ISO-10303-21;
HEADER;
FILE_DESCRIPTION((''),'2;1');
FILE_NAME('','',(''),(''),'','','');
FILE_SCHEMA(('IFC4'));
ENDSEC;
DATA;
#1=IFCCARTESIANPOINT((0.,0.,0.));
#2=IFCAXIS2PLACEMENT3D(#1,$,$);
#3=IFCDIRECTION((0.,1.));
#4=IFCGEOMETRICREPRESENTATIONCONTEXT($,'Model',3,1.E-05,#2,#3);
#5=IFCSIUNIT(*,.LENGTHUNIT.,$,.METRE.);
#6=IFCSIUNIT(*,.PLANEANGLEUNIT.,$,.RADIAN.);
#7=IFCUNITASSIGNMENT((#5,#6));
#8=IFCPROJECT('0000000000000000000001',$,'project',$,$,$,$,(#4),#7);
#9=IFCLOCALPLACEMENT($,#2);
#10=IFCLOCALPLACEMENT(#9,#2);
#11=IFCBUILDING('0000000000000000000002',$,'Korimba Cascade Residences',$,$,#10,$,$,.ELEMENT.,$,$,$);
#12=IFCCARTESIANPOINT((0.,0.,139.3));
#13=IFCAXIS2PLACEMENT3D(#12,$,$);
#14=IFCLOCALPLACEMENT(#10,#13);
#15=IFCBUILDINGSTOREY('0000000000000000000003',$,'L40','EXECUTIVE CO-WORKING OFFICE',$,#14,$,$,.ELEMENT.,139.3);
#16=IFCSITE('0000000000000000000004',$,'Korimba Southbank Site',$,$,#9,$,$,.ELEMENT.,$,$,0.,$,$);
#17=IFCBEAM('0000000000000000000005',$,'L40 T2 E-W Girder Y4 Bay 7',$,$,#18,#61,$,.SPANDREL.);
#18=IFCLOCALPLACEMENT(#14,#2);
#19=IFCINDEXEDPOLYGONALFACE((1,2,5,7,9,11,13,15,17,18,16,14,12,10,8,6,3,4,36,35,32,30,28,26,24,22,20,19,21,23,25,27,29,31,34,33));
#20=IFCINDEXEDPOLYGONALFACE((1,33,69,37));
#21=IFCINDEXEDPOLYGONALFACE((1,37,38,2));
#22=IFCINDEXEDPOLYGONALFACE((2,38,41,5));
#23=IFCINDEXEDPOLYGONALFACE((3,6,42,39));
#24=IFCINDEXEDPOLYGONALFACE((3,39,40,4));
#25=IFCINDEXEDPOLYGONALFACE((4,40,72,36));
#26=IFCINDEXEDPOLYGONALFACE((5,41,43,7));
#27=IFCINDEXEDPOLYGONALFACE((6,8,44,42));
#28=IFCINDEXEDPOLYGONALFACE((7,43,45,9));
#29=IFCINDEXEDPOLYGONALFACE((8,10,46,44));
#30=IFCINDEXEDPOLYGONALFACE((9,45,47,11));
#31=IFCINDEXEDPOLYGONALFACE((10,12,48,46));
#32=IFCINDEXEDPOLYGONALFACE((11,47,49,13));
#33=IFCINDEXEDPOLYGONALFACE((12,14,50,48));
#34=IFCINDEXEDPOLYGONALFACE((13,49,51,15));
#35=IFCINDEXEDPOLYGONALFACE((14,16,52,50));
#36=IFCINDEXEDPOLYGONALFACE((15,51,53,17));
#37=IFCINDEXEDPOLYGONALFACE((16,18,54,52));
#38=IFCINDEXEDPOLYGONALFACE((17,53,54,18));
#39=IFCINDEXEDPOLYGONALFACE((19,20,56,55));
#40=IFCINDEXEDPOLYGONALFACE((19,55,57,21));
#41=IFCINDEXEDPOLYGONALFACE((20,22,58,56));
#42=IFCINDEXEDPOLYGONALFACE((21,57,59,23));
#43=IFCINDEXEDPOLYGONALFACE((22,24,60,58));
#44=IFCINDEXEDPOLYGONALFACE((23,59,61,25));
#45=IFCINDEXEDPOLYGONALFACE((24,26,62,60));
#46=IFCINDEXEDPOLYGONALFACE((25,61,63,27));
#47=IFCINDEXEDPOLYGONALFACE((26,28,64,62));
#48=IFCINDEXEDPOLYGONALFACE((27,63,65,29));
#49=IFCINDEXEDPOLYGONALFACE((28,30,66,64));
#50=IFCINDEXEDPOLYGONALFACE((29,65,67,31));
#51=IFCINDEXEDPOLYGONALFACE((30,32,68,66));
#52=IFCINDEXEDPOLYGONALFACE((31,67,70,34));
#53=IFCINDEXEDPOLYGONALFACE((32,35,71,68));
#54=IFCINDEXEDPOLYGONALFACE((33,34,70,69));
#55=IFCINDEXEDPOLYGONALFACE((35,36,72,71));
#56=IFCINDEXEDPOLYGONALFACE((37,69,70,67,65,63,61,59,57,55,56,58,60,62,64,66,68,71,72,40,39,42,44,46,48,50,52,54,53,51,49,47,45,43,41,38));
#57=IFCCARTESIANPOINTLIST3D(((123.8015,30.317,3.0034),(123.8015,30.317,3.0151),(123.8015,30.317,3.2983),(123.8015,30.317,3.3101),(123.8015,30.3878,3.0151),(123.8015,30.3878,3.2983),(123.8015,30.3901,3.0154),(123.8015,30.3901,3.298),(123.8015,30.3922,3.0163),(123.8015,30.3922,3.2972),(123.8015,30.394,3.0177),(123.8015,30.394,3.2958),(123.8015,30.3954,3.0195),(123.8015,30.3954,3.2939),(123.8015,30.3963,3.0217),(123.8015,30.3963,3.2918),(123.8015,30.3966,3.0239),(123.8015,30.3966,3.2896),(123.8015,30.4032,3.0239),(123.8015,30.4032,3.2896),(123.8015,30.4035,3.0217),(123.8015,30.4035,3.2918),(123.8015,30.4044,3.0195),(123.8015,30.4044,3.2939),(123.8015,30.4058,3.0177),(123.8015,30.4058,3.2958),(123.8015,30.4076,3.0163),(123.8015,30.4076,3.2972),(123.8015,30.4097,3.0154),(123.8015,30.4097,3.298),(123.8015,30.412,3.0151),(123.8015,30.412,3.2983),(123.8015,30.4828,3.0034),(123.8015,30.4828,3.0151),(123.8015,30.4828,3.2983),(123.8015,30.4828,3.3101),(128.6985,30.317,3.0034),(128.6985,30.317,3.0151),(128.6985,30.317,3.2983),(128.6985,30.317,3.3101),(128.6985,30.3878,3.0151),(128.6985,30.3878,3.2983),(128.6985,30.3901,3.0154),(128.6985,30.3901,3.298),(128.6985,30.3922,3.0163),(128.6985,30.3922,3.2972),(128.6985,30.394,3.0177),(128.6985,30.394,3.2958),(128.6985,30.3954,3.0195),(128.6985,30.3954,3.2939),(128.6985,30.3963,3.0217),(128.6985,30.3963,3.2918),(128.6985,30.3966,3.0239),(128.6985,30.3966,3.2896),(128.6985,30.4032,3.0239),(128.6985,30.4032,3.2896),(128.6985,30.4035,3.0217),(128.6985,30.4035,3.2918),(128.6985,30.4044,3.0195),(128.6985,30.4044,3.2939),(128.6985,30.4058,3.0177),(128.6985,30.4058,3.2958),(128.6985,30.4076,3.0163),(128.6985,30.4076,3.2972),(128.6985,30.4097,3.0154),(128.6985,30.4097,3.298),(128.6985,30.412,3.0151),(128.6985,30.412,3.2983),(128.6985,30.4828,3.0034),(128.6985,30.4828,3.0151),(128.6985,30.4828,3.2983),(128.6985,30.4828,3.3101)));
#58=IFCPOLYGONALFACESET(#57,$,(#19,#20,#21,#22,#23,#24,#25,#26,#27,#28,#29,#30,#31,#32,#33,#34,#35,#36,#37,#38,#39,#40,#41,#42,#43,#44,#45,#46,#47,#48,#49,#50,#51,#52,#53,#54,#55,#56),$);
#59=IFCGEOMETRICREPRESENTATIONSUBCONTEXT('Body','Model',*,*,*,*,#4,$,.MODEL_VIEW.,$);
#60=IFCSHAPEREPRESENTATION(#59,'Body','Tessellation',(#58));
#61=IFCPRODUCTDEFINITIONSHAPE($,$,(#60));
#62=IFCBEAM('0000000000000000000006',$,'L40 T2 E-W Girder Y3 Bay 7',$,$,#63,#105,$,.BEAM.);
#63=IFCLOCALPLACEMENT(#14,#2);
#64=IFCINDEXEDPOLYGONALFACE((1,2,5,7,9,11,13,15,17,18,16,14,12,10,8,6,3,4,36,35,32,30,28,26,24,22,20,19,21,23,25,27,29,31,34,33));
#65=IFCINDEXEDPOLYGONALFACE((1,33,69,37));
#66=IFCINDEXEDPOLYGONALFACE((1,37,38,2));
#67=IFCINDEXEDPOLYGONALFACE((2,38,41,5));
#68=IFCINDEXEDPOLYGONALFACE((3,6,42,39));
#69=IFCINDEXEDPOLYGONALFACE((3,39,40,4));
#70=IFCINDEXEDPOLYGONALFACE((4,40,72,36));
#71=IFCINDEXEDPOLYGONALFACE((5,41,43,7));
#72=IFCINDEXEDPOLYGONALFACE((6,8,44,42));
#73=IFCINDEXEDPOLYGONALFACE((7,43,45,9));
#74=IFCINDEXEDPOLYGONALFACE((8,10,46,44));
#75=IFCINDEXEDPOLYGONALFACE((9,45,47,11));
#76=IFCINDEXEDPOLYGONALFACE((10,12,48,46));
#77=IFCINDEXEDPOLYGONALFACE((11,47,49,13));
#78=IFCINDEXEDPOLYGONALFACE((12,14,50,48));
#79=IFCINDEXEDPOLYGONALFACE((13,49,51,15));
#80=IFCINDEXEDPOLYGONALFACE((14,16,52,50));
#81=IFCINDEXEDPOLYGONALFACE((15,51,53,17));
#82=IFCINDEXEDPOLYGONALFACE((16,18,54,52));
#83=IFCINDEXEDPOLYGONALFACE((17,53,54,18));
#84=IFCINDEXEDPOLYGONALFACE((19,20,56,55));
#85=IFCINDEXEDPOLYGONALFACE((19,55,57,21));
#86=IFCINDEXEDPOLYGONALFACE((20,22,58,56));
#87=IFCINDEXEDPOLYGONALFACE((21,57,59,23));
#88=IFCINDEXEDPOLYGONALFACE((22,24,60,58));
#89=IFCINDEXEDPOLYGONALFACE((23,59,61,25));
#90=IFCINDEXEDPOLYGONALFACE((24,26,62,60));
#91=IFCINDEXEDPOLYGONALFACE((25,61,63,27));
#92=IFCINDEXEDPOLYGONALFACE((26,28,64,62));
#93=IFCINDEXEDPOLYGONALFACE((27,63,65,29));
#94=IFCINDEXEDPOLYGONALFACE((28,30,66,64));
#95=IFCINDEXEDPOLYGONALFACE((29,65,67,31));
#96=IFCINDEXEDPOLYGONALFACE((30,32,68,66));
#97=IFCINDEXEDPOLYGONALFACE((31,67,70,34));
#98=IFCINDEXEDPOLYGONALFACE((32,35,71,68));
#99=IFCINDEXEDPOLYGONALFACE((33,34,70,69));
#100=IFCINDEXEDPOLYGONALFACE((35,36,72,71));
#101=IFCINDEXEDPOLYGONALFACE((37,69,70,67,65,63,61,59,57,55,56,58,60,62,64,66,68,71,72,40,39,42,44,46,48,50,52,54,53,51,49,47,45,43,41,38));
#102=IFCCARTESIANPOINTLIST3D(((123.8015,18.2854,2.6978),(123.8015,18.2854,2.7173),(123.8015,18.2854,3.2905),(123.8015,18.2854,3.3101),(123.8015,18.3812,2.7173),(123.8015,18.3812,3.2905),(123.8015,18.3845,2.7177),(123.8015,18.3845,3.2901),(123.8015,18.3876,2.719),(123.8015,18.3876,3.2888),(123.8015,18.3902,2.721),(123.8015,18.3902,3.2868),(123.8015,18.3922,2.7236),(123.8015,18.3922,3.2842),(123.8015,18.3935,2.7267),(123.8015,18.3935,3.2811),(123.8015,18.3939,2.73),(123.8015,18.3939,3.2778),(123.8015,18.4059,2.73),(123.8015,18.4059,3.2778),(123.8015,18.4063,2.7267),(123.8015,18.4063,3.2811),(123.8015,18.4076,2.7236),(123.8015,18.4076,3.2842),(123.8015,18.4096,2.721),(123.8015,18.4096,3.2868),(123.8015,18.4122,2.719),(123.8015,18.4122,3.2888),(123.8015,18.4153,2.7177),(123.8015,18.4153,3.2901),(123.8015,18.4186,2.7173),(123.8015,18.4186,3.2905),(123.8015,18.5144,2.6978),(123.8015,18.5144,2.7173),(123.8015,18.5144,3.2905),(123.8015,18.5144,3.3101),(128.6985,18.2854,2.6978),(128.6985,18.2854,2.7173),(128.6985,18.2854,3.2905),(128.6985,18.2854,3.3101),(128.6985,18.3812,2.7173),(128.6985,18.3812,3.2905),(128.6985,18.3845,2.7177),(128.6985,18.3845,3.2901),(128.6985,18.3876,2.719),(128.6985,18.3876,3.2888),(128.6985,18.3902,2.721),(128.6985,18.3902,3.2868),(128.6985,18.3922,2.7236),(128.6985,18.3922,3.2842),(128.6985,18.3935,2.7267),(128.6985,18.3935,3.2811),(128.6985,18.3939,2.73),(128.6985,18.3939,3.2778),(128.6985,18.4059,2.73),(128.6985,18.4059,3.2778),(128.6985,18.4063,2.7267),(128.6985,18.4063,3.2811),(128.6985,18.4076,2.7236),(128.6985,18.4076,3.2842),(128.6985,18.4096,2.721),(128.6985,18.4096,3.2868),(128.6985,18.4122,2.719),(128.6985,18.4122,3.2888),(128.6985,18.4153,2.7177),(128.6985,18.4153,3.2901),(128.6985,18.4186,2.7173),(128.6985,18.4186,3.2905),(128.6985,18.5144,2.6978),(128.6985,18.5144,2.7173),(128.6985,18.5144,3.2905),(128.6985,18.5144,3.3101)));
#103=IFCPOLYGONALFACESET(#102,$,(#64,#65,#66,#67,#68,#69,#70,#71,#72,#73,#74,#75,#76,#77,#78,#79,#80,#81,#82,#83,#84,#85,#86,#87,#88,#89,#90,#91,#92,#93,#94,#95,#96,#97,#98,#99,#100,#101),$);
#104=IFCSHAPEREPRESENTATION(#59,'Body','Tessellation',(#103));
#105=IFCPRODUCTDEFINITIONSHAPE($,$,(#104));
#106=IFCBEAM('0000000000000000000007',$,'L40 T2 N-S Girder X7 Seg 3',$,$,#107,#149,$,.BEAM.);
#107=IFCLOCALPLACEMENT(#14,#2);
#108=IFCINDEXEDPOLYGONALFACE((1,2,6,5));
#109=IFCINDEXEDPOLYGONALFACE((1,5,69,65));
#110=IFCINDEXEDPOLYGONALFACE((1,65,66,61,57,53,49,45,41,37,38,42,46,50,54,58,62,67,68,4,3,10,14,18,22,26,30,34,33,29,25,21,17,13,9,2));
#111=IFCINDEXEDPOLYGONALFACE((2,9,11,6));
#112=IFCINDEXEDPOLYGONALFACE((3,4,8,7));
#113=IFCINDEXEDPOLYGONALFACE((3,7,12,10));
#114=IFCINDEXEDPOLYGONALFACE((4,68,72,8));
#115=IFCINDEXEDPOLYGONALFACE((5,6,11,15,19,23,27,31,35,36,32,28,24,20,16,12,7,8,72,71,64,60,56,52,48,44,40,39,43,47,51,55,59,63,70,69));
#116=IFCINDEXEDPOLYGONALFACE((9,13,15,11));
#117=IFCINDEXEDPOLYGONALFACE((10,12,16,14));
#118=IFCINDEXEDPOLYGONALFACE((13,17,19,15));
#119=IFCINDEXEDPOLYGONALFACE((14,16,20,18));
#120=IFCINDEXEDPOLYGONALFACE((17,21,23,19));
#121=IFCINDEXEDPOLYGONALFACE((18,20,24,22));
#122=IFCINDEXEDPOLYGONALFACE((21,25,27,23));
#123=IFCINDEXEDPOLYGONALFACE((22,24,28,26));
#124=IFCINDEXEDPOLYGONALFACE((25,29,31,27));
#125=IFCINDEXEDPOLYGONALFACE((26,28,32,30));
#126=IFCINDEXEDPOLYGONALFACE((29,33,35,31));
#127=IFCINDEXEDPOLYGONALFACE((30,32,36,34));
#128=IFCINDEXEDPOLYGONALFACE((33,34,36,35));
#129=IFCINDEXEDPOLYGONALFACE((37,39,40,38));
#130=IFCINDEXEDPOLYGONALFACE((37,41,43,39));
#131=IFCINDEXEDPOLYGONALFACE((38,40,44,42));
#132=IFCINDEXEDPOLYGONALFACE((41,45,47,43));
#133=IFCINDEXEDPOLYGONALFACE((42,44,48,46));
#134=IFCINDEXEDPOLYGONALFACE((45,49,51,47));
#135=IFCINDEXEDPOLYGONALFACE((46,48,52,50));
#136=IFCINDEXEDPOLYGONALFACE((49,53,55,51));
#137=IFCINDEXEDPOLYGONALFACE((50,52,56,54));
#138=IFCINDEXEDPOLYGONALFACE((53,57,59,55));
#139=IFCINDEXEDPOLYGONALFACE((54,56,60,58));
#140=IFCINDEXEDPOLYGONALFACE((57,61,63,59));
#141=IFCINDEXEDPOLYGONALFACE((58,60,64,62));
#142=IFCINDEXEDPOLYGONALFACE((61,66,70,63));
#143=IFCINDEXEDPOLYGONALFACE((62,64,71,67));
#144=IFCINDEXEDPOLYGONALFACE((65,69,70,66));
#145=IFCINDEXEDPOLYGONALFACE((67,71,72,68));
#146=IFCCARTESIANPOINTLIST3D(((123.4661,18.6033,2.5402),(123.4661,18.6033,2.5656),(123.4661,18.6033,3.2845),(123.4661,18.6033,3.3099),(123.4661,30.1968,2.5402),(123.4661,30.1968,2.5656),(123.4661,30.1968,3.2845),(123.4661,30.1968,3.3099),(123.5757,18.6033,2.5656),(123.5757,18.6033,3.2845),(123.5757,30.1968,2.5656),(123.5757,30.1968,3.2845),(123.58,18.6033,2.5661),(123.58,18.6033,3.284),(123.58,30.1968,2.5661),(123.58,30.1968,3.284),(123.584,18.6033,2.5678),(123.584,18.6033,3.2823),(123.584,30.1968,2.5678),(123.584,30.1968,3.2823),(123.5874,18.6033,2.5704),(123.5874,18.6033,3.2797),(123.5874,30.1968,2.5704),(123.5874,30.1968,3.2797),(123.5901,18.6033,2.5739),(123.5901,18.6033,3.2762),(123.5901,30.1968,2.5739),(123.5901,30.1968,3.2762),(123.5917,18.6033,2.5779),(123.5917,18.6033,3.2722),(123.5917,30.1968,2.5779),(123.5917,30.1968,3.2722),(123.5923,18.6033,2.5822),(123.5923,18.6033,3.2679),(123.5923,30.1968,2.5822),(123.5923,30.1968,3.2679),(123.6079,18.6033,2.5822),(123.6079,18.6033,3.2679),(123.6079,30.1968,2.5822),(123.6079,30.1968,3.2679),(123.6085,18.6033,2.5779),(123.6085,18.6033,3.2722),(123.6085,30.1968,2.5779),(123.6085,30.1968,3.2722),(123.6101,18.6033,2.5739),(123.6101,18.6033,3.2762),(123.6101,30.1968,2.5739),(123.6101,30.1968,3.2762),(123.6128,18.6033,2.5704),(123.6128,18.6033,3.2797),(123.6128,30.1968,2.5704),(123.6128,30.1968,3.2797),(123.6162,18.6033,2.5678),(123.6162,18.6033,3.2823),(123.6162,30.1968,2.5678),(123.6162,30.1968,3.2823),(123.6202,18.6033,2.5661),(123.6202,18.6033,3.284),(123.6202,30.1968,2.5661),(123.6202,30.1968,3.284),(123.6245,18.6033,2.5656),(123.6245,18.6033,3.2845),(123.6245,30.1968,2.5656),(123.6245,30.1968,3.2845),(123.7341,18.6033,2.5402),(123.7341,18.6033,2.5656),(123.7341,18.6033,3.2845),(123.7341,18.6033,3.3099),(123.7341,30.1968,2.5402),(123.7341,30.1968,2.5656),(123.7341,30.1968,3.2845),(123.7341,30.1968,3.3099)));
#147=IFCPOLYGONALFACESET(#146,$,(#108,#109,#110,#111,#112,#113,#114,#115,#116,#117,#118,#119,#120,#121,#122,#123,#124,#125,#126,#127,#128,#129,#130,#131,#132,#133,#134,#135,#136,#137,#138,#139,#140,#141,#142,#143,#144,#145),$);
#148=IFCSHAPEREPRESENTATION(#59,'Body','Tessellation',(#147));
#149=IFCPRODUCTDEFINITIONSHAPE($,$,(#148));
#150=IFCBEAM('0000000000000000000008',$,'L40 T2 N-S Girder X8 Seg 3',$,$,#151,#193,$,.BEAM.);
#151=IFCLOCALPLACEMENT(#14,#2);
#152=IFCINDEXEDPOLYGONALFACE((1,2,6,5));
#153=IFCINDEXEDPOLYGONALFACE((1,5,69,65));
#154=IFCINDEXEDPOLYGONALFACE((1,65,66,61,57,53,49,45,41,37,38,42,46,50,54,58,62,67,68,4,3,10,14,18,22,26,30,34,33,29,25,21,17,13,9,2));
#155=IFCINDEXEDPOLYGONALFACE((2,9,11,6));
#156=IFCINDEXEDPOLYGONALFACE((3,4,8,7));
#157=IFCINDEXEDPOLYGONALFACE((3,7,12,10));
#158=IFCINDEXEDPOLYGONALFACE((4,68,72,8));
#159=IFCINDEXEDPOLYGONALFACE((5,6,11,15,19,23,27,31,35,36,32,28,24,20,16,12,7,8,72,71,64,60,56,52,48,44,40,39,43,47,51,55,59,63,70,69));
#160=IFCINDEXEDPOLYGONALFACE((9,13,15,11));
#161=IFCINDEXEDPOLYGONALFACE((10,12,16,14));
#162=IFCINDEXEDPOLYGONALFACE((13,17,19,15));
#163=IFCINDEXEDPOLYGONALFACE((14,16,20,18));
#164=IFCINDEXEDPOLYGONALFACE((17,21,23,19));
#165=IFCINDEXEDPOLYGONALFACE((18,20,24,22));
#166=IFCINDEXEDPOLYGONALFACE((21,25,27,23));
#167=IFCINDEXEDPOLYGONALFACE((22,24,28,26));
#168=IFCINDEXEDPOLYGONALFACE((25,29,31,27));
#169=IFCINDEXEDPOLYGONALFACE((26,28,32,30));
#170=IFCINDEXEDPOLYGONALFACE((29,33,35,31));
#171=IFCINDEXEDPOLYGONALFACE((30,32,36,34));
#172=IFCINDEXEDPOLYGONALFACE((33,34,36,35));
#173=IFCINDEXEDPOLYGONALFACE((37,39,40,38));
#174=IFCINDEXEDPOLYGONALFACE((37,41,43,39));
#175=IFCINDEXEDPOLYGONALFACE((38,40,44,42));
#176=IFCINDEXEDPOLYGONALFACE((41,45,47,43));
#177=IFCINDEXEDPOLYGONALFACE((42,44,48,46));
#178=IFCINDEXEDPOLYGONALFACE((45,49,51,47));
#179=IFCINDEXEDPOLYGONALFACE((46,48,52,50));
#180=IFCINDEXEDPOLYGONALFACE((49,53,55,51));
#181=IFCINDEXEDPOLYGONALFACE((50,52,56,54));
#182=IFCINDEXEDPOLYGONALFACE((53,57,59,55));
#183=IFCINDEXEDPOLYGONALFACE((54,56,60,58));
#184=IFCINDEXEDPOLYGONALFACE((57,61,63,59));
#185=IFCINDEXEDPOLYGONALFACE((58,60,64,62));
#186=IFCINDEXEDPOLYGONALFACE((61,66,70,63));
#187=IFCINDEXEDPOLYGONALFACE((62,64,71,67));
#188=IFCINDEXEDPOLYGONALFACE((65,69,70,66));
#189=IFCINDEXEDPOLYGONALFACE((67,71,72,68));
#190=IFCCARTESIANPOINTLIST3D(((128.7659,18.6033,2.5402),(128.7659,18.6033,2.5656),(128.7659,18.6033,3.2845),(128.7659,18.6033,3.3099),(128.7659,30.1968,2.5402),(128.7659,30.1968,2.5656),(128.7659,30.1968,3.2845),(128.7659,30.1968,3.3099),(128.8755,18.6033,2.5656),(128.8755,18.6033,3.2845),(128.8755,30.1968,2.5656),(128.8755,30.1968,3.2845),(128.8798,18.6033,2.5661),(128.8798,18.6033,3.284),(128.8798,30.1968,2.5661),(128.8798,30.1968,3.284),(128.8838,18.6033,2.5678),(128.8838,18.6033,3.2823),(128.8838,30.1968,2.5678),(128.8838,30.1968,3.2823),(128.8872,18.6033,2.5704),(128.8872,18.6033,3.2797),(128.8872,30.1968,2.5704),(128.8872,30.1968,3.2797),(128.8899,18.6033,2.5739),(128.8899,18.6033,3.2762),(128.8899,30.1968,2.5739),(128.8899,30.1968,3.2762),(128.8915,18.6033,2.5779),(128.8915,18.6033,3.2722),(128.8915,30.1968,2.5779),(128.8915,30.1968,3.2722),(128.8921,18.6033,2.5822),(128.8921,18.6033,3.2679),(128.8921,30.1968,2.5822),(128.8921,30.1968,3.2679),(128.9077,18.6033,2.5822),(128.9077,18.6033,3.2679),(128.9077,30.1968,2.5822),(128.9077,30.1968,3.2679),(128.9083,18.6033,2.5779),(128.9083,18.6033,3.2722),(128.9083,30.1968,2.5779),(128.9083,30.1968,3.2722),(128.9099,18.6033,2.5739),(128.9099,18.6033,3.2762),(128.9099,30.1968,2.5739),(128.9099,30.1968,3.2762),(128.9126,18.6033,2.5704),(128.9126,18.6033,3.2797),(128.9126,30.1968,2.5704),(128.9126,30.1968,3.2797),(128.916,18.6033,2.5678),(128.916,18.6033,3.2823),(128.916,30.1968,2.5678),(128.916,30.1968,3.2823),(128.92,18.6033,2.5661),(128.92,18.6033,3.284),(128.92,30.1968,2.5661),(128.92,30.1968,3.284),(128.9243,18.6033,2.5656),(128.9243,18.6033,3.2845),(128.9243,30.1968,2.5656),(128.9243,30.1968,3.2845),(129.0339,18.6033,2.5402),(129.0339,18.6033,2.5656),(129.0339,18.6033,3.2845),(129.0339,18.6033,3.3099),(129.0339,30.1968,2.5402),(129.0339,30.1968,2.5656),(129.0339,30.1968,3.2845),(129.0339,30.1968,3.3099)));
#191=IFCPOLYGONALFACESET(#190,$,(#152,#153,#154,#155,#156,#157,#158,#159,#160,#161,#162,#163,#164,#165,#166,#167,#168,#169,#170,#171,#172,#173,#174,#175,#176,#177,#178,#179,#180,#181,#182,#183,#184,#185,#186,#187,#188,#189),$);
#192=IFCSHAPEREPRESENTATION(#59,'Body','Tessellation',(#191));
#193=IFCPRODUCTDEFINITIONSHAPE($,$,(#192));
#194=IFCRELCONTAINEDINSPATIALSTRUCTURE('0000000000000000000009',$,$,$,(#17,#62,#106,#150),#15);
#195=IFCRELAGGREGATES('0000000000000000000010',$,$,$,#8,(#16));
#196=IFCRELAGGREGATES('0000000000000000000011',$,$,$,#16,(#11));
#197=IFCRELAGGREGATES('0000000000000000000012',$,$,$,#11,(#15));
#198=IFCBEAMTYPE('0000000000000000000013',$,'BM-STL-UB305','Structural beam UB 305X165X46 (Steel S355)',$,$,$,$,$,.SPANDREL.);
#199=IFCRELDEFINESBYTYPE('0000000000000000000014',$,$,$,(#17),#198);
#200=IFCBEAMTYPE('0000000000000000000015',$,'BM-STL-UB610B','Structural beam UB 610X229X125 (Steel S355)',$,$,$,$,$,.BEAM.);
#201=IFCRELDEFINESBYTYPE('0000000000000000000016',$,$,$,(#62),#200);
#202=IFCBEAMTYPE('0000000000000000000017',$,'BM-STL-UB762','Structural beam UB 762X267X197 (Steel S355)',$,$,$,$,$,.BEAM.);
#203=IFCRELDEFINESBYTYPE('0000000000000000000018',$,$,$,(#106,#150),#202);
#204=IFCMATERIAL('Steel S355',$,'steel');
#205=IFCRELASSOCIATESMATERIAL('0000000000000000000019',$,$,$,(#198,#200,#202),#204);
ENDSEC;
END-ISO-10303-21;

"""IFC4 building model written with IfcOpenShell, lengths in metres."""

from ifc_helpers import new_model, si_unit, direction, frame, origin, origin_2d, place, context, subcontext, project, spatial, i_section, extrude, material, material_profile, profile_set, type_object, element, save


model = new_model("IFC4")

# Units and contexts
model_context = context("Model", 3, precision=1e-05, world=origin(), true_north=direction((0.0, 1.0)))
body_context = subcontext(model_context, "Body", "Model", "MODEL_VIEW")
ifc_project = project(units=[si_unit("LENGTHUNIT", "METRE"), si_unit("PLANEANGLEUNIT", "RADIAN")], contexts=[model_context])

# Site, building, storey
site_placement = place(None, origin())
site = spatial("IfcSite", under=ifc_project, at=site_placement, Name="Korimba Southbank Site", CompositionType="ELEMENT", RefElevation=0.0)
building_placement = place(site_placement, origin())
building = spatial("IfcBuilding", under=site, at=building_placement, Name="Korimba Cascade Residences", CompositionType="ELEMENT")
storey_placement = place(building_placement, frame((0.0, 0.0, 139.3)))
storey = spatial("IfcBuildingStorey", under=building, at=storey_placement, Name="L40", Description="EXECUTIVE CO-WORKING OFFICE", CompositionType="ELEMENT", Elevation=139.3)

# Beams
ifc_material_1 = material(Name="Steel S355", Category="steel")
ifc_material_profile_1 = material_profile(ifc_material_1, i_section(OverallWidth=0.1658, OverallDepth=0.3066, WebThickness=0.0066, FlangeThickness=0.0117, FilletRadius=0.0088, at=origin_2d()), Name="Steel S355")
ifc_profile_set_1 = profile_set([ifc_material_profile_1], Name="Steel S355")
beam_type_1 = type_object("IfcBeamType", Name="BM-STL-UB305", Description="Structural beam UB 305X165X46 (Steel S355)", PredefinedType="SPANDREL", material=ifc_profile_set_1)
beam_1_placement = place(storey_placement, frame((123.8015, 30.3999, 3.1567), z_axis=(1.0, 0.0, 0.0), x_axis=(0.0, 1.0, 0.0)))
element("IfcBeam", 1, at=beam_1_placement, inside=storey, type_object=beam_type_1, Name="L40 T2 E-W Girder Y4 Bay 7", PredefinedType="SPANDREL", context=body_context, shape_type="SweptSolid", body=[
    extrude(i_section(OverallWidth=0.1658, OverallDepth=0.3066, WebThickness=0.0066, FlangeThickness=0.0117, FilletRadius=0.0088, at=origin_2d()), origin(), (0.0, 0.0, 1.0), 4.897),
])
ifc_material_profile_2 = material_profile(ifc_material_1, i_section(OverallWidth=0.229, OverallDepth=0.6123, WebThickness=0.012, FlangeThickness=0.0195, FilletRadius=0.0127, at=origin_2d()), Name="Steel S355")
ifc_profile_set_2 = profile_set([ifc_material_profile_2], Name="Steel S355")
beam_type_2 = type_object("IfcBeamType", Name="BM-STL-UB610B", Description="Structural beam UB 610X229X125 (Steel S355)", PredefinedType="BEAM", material=ifc_profile_set_2)
beam_2_placement = place(storey_placement, frame((123.8015, 18.3999, 3.0039), z_axis=(1.0, 0.0, 0.0), x_axis=(0.0, 1.0, 0.0)))
element("IfcBeam", 2, at=beam_2_placement, inside=storey, type_object=beam_type_2, Name="L40 T2 E-W Girder Y3 Bay 7", PredefinedType="BEAM", context=body_context, shape_type="SweptSolid", body=[
    extrude(i_section(OverallWidth=0.229, OverallDepth=0.6123, WebThickness=0.012, FlangeThickness=0.0195, FilletRadius=0.0127, at=origin_2d()), origin(), (0.0, 0.0, 1.0), 4.897),
])
ifc_material_profile_3 = material_profile(ifc_material_1, i_section(OverallWidth=0.2681, OverallDepth=0.7698, WebThickness=0.0156, FlangeThickness=0.0254, FilletRadius=0.0166, at=origin_2d()), Name="Steel S355")
ifc_profile_set_3 = profile_set([ifc_material_profile_3], Name="Steel S355")
beam_type_3 = type_object("IfcBeamType", Name="BM-STL-UB762", Description="Structural beam UB 762X267X197 (Steel S355)", PredefinedType="BEAM", material=ifc_profile_set_3)
for number, where, z_axis, x_axis, name in (
    (3, (123.6001, 18.6033, 2.925), (0.0, 1.0, 0.0), (-1.0, 0.0, 0.0), "L40 T2 N-S Girder X7 Seg 3"),
    (4, (128.8999, 18.6033, 2.925), (0.0, 1.0, 0.0), (-1.0, 0.0, 0.0), "L40 T2 N-S Girder X8 Seg 3"),
):
    element("IfcBeam", number, at=place(storey_placement, frame(where, z_axis=z_axis, x_axis=x_axis)), inside=storey, type_object=beam_type_3, Name=name, PredefinedType="BEAM", context=body_context, shape_type="SweptSolid", body=[
        extrude(i_section(OverallWidth=0.2681, OverallDepth=0.7698, WebThickness=0.0156, FlangeThickness=0.0254, FilletRadius=0.0166, at=origin_2d()), origin(), (0.0, 0.0, 1.0), 11.5935),
    ])

save(model, "model.ifc")
